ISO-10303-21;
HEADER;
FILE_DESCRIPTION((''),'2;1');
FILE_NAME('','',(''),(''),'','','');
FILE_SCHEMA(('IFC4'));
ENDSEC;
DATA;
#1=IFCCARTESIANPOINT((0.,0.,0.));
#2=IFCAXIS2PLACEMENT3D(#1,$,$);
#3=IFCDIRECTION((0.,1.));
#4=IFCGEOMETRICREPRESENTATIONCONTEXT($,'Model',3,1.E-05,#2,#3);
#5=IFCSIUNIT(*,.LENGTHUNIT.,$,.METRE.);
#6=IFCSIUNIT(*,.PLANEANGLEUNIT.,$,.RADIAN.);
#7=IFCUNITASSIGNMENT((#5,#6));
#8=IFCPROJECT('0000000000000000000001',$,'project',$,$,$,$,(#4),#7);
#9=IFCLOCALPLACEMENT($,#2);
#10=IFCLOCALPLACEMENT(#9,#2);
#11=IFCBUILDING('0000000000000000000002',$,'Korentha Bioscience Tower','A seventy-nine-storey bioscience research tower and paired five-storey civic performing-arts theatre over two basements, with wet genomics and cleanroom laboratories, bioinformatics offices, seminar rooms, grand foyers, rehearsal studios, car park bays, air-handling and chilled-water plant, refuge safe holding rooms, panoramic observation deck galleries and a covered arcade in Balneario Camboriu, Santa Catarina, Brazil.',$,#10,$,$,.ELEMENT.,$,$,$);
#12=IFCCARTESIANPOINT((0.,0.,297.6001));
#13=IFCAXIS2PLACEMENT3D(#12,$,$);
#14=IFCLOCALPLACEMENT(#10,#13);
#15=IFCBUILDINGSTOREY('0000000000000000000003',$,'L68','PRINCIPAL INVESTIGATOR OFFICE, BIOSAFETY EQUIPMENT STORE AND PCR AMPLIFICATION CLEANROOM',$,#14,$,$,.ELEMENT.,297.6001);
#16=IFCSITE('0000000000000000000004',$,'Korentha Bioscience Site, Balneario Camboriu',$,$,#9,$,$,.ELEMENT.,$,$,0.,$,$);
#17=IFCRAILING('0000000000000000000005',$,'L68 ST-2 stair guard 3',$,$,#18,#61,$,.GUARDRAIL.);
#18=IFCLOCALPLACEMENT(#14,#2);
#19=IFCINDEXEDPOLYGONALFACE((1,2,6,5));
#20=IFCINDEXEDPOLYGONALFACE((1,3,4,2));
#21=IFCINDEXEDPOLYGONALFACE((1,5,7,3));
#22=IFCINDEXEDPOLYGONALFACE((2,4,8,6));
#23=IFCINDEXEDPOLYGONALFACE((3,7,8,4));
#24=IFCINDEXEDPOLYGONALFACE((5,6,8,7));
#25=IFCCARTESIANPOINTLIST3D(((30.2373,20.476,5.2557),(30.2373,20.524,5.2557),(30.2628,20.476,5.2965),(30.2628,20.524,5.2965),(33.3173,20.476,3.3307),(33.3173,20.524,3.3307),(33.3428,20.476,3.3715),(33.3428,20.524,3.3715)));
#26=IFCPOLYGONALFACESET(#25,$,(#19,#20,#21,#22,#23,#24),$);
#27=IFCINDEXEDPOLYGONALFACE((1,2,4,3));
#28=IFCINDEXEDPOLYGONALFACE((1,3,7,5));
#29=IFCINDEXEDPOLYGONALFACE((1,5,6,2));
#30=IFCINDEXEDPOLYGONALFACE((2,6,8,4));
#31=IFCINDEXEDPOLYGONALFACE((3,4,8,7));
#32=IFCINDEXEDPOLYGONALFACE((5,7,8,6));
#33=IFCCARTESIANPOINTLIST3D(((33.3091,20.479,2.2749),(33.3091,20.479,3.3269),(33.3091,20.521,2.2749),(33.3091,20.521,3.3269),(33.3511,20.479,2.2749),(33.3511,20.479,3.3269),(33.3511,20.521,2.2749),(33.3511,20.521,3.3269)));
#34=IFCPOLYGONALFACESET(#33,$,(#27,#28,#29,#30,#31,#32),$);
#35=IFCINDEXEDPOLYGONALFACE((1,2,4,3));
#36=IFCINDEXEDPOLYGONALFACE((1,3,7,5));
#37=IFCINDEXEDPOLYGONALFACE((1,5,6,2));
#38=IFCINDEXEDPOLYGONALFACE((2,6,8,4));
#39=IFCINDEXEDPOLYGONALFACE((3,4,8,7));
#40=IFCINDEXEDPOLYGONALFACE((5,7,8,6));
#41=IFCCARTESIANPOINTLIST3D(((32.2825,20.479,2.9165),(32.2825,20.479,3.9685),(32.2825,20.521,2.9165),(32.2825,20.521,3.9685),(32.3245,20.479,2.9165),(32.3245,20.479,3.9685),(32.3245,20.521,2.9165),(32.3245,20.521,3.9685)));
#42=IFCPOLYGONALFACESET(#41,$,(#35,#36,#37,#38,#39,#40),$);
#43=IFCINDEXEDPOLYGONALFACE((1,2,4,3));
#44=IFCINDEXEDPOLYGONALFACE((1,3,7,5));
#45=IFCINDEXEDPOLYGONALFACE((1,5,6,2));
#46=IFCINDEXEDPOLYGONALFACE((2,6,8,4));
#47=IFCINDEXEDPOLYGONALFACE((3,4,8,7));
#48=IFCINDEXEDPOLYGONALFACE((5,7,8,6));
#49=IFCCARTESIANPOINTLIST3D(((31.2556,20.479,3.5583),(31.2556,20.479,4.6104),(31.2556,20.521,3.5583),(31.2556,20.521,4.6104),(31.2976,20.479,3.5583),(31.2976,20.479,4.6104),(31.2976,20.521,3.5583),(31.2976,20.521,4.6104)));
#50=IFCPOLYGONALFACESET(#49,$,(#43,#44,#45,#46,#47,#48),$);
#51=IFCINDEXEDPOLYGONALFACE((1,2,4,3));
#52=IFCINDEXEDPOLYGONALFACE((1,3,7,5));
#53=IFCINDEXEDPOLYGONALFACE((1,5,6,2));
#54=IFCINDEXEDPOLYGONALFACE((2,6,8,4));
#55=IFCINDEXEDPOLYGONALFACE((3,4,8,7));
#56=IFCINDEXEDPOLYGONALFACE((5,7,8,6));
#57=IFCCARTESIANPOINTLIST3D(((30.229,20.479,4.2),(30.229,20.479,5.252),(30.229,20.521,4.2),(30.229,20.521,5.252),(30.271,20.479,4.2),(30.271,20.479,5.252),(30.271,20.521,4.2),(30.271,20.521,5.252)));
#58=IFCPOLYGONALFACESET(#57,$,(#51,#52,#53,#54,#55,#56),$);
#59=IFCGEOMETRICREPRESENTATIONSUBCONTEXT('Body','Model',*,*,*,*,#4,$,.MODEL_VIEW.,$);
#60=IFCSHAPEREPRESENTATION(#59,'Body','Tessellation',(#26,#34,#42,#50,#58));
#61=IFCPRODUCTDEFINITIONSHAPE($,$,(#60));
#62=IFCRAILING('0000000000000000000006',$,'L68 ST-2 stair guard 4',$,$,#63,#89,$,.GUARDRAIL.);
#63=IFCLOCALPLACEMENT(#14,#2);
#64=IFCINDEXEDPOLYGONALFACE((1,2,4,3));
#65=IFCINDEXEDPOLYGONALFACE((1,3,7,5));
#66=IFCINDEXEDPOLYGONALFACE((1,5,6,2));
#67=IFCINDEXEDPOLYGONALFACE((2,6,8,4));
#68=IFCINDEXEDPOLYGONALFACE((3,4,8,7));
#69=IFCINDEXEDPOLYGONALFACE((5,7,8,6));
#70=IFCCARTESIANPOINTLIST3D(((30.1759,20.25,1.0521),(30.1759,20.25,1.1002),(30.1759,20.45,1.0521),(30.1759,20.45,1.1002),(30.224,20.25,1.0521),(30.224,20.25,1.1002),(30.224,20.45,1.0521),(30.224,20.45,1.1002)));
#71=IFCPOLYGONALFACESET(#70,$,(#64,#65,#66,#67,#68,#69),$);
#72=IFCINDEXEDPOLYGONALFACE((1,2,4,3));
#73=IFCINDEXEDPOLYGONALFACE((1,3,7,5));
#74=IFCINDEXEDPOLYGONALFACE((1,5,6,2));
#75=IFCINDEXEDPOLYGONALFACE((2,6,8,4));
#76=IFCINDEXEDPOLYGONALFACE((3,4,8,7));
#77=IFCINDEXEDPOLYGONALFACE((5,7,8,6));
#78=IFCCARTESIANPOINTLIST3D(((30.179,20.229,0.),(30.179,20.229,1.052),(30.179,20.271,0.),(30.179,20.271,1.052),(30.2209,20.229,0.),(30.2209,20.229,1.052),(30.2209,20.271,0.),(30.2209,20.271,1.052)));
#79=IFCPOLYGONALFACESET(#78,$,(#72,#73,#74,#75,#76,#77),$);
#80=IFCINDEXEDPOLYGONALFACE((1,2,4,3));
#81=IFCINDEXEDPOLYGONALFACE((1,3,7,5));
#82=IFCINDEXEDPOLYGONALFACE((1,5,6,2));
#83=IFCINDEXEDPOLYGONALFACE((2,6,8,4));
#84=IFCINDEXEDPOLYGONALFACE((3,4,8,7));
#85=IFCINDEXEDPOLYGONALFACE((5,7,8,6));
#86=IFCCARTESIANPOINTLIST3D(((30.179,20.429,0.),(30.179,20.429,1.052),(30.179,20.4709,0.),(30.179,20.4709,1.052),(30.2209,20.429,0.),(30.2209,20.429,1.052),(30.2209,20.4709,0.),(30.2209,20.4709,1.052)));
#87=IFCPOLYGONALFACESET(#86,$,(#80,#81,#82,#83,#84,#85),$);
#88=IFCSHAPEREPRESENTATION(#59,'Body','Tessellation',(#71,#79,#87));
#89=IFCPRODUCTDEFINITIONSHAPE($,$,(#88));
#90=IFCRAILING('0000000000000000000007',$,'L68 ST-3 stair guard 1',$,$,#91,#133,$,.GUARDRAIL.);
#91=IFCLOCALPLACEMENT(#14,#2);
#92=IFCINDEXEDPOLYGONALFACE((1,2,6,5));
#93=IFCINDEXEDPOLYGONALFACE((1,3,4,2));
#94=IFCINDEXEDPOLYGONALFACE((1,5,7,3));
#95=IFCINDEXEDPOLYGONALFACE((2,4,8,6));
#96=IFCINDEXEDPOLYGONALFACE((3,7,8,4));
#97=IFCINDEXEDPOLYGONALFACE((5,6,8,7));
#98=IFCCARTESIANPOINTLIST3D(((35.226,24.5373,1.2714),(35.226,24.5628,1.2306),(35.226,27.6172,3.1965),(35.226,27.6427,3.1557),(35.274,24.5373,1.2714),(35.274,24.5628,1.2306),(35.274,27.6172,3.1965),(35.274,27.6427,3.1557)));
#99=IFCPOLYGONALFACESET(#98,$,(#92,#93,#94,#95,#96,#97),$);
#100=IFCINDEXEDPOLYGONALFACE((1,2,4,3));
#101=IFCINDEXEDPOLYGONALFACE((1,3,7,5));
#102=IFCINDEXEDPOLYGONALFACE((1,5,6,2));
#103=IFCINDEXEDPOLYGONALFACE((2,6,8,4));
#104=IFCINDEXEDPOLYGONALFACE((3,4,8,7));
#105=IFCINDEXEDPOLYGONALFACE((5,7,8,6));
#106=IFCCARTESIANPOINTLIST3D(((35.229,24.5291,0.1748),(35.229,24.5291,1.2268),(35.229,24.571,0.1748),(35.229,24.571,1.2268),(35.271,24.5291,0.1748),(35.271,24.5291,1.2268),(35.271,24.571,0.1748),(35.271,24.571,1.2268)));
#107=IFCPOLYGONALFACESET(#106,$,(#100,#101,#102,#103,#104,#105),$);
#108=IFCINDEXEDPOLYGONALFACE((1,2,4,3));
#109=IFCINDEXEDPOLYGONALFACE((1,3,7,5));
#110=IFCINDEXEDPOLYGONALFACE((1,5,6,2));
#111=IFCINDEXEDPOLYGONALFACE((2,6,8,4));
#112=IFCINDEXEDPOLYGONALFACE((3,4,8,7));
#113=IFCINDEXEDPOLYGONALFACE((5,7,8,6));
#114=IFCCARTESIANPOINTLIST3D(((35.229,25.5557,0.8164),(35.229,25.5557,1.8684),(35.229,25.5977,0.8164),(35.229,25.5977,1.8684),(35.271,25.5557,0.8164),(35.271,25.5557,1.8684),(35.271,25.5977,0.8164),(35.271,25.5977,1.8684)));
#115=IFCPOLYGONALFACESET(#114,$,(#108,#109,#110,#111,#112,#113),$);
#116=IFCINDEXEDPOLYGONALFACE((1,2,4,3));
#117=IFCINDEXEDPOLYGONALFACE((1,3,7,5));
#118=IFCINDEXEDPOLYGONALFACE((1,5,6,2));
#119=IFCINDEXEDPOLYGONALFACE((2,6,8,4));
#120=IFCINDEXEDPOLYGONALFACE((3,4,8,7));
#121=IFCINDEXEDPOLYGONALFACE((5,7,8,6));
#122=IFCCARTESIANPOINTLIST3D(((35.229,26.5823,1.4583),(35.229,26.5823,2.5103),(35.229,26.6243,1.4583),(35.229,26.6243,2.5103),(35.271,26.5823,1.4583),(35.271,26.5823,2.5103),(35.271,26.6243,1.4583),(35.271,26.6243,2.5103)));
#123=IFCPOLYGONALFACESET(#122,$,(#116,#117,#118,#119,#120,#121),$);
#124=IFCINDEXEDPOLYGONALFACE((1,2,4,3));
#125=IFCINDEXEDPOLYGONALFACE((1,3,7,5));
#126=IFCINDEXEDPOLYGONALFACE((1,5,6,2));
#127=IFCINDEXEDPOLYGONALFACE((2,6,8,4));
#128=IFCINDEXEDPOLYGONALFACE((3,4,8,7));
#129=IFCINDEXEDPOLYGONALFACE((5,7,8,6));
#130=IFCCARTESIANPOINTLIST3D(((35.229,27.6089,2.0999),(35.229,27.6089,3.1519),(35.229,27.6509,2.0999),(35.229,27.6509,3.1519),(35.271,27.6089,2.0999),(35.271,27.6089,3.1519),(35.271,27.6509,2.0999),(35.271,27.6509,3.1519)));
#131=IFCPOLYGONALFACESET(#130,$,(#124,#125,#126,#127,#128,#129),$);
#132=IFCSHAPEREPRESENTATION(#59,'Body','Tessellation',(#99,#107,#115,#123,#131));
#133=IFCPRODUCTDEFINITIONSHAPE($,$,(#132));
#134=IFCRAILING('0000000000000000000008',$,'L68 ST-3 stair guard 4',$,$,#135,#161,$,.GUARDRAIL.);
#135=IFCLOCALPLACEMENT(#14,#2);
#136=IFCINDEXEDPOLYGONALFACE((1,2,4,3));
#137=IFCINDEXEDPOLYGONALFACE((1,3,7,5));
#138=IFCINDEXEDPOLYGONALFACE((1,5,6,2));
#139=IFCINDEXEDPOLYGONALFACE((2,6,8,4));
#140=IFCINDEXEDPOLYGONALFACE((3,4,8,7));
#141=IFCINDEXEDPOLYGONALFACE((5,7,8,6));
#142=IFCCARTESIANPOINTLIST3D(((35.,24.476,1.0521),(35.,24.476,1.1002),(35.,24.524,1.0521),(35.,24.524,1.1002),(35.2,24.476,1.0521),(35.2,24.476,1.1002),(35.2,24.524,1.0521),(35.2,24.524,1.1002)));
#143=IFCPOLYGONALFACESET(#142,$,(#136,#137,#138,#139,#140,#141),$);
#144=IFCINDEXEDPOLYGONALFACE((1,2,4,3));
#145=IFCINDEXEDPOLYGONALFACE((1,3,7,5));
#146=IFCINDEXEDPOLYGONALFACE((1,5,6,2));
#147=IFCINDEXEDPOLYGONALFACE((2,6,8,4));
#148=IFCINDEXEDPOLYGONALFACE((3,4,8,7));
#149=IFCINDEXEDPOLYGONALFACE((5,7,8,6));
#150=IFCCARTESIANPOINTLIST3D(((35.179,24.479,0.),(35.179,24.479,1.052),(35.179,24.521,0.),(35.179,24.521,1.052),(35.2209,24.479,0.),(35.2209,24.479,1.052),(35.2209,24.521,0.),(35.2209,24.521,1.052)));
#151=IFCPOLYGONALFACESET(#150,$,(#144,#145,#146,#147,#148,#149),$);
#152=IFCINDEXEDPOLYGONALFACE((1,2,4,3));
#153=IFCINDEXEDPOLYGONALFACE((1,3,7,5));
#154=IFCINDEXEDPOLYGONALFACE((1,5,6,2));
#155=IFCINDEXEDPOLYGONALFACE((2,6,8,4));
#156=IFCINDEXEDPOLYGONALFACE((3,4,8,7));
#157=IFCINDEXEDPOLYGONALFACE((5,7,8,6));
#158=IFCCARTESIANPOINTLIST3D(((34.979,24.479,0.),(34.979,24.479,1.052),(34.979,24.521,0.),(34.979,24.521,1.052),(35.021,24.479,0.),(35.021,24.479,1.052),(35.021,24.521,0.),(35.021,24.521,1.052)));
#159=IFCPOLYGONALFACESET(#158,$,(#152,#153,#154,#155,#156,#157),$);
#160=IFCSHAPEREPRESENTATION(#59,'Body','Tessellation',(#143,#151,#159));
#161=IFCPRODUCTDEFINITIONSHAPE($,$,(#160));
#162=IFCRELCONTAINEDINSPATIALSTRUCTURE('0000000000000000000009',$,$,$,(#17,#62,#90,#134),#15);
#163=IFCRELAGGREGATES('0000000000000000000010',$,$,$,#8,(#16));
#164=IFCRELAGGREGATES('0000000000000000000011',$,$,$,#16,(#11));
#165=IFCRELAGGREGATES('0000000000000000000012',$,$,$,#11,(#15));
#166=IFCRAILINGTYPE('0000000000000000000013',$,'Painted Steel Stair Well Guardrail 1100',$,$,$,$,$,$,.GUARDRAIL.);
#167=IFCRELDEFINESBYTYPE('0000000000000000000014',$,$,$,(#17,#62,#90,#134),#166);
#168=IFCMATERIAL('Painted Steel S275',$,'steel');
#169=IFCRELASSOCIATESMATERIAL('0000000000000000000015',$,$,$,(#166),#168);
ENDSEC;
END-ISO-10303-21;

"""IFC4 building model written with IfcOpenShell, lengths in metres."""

from ifc_helpers import new_model, si_unit, direction, frame, origin, origin_2d, place, context, subcontext, project, spatial, rectangle, extrude, material, type_object, element, save


model = new_model("IFC4")

# Units and contexts
model_context = context("Model", 3, precision=1e-05, world=origin(), true_north=direction((0.0, 1.0)))
body_context = subcontext(model_context, "Body", "Model", "MODEL_VIEW")
ifc_project = project(units=[si_unit("LENGTHUNIT", "METRE"), si_unit("PLANEANGLEUNIT", "RADIAN")], contexts=[model_context])

# Site, building, storey
site_placement = place(None, origin())
site = spatial("IfcSite", under=ifc_project, at=site_placement, Name="Korentha Bioscience Site, Balneario Camboriu", CompositionType="ELEMENT", RefElevation=0.0)
building_placement = place(site_placement, origin())
building = spatial("IfcBuilding", under=site, at=building_placement, Name="Korentha Bioscience Tower", Description="A seventy-nine-storey bioscience research tower and paired five-storey civic performing-arts theatre over two basements, with wet genomics and cleanroom laboratories, bioinformatics offices, seminar rooms, grand foyers, rehearsal studios, car park bays, air-handling and chilled-water plant, refuge safe holding rooms, panoramic observation deck galleries and a covered arcade in Balneario Camboriu, Santa Catarina, Brazil.", CompositionType="ELEMENT")
storey_placement = place(building_placement, frame((0.0, 0.0, 297.6001)))
storey = spatial("IfcBuildingStorey", under=building, at=storey_placement, Name="L68", Description="PRINCIPAL INVESTIGATOR OFFICE, BIOSAFETY EQUIPMENT STORE AND PCR AMPLIFICATION CLEANROOM", CompositionType="ELEMENT", Elevation=297.6001)

# Railings
ifc_material_1 = material(Name="Painted Steel S275", Category="steel")
railing_type_1 = type_object("IfcRailingType", Name="Painted Steel Stair Well Guardrail 1100", PredefinedType="GUARDRAIL", material=ifc_material_1)
railing_1_placement = place(storey_placement, frame((33.3301, 20.5, 2.2749)))
element("IfcRailing", 1, at=railing_1_placement, inside=storey, type_object=railing_type_1, Name="L68 ST-2 stair guard 3", PredefinedType="GUARDRAIL", context=body_context, shape_type="SweptSolid", body=[
    extrude(rectangle(XDim=0.0481, YDim=0.0481, at=origin_2d()), frame((0.0, 0.0, 1.0762), z_axis=(-0.847998, 0.0, 0.529999), x_axis=(0.0, -1.0, 0.0)), (0.0, 0.0, 1.0), 3.6321),
    extrude(rectangle(XDim=0.042, YDim=0.042, at=origin_2d()), origin(), (0.0, 0.0, 1.0), 1.052),
    extrude(rectangle(XDim=0.042, YDim=0.042, at=origin_2d()), frame((-1.0266, 0.0, 0.6416)), (0.0, 0.0, 1.0), 1.052),
    extrude(rectangle(XDim=0.042, YDim=0.042, at=origin_2d()), frame((-2.0535, 0.0, 1.2834)), (0.0, 0.0, 1.0), 1.052),
    extrude(rectangle(XDim=0.042, YDim=0.042, at=origin_2d()), frame((-3.0801, 0.0, 1.925)), (0.0, 0.0, 1.0), 1.052),
])
railing_2_placement = place(storey_placement, frame((30.2, 20.25, 0.0)))
element("IfcRailing", 2, at=railing_2_placement, inside=storey, type_object=railing_type_1, Name="L68 ST-2 stair guard 4", PredefinedType="GUARDRAIL", context=body_context, shape_type="SweptSolid", body=[
    extrude(rectangle(XDim=0.0481, YDim=0.0481, at=origin_2d()), frame((0.0, 0.0, 1.0762), z_axis=(0.0, 1.0, 0.0), x_axis=(-1.0, 0.0, 0.0)), (0.0, 0.0, 1.0), 0.2),
    extrude(rectangle(XDim=0.042, YDim=0.042, at=origin_2d()), origin(), (0.0, 0.0, 1.0), 1.052),
    extrude(rectangle(XDim=0.042, YDim=0.042, at=origin_2d()), frame((0.0, 0.2, 0.0)), (0.0, 0.0, 1.0), 1.052),
])
railing_3_placement = place(storey_placement, frame((35.25, 24.55, 0.1748)))
element("IfcRailing", 3, at=railing_3_placement, inside=storey, type_object=railing_type_1, Name="L68 ST-3 stair guard 1", PredefinedType="GUARDRAIL", context=body_context, shape_type="SweptSolid", body=[
    extrude(rectangle(XDim=0.0481, YDim=0.0481, at=origin_2d()), frame((0.0, 0.0, 1.0762), z_axis=(0.0, 0.847979, 0.530029), x_axis=(-1.0, 0.0, 0.0)), (0.0, 0.0, 1.0), 3.6321),
    extrude(rectangle(XDim=0.042, YDim=0.042, at=origin_2d()), origin(), (0.0, 0.0, 1.0), 1.052),
    extrude(rectangle(XDim=0.042, YDim=0.042, at=origin_2d()), frame((0.0, 1.0266, 0.6416)), (0.0, 0.0, 1.0), 1.052),
    extrude(rectangle(XDim=0.042, YDim=0.042, at=origin_2d()), frame((0.0, 2.0532, 1.2834)), (0.0, 0.0, 1.0), 1.052),
    extrude(rectangle(XDim=0.042, YDim=0.042, at=origin_2d()), frame((0.0, 3.0798, 1.925)), (0.0, 0.0, 1.0), 1.052),
])
railing_4_placement = place(storey_placement, frame((35.2, 24.5, 0.0)))
element("IfcRailing", 4, at=railing_4_placement, inside=storey, type_object=railing_type_1, Name="L68 ST-3 stair guard 4", PredefinedType="GUARDRAIL", context=body_context, shape_type="SweptSolid", body=[
    extrude(rectangle(XDim=0.0481, YDim=0.0481, at=origin_2d()), frame((0.0, 0.0, 1.0762), z_axis=(-1.0, 0.0, 0.0), x_axis=(0.0, -1.0, 0.0)), (0.0, 0.0, 1.0), 0.2),
    extrude(rectangle(XDim=0.042, YDim=0.042, at=origin_2d()), origin(), (0.0, 0.0, 1.0), 1.052),
    extrude(rectangle(XDim=0.042, YDim=0.042, at=origin_2d()), frame((-0.2, 0.0, 0.0)), (0.0, 0.0, 1.0), 1.052),
])

save(model, "model.ifc")
